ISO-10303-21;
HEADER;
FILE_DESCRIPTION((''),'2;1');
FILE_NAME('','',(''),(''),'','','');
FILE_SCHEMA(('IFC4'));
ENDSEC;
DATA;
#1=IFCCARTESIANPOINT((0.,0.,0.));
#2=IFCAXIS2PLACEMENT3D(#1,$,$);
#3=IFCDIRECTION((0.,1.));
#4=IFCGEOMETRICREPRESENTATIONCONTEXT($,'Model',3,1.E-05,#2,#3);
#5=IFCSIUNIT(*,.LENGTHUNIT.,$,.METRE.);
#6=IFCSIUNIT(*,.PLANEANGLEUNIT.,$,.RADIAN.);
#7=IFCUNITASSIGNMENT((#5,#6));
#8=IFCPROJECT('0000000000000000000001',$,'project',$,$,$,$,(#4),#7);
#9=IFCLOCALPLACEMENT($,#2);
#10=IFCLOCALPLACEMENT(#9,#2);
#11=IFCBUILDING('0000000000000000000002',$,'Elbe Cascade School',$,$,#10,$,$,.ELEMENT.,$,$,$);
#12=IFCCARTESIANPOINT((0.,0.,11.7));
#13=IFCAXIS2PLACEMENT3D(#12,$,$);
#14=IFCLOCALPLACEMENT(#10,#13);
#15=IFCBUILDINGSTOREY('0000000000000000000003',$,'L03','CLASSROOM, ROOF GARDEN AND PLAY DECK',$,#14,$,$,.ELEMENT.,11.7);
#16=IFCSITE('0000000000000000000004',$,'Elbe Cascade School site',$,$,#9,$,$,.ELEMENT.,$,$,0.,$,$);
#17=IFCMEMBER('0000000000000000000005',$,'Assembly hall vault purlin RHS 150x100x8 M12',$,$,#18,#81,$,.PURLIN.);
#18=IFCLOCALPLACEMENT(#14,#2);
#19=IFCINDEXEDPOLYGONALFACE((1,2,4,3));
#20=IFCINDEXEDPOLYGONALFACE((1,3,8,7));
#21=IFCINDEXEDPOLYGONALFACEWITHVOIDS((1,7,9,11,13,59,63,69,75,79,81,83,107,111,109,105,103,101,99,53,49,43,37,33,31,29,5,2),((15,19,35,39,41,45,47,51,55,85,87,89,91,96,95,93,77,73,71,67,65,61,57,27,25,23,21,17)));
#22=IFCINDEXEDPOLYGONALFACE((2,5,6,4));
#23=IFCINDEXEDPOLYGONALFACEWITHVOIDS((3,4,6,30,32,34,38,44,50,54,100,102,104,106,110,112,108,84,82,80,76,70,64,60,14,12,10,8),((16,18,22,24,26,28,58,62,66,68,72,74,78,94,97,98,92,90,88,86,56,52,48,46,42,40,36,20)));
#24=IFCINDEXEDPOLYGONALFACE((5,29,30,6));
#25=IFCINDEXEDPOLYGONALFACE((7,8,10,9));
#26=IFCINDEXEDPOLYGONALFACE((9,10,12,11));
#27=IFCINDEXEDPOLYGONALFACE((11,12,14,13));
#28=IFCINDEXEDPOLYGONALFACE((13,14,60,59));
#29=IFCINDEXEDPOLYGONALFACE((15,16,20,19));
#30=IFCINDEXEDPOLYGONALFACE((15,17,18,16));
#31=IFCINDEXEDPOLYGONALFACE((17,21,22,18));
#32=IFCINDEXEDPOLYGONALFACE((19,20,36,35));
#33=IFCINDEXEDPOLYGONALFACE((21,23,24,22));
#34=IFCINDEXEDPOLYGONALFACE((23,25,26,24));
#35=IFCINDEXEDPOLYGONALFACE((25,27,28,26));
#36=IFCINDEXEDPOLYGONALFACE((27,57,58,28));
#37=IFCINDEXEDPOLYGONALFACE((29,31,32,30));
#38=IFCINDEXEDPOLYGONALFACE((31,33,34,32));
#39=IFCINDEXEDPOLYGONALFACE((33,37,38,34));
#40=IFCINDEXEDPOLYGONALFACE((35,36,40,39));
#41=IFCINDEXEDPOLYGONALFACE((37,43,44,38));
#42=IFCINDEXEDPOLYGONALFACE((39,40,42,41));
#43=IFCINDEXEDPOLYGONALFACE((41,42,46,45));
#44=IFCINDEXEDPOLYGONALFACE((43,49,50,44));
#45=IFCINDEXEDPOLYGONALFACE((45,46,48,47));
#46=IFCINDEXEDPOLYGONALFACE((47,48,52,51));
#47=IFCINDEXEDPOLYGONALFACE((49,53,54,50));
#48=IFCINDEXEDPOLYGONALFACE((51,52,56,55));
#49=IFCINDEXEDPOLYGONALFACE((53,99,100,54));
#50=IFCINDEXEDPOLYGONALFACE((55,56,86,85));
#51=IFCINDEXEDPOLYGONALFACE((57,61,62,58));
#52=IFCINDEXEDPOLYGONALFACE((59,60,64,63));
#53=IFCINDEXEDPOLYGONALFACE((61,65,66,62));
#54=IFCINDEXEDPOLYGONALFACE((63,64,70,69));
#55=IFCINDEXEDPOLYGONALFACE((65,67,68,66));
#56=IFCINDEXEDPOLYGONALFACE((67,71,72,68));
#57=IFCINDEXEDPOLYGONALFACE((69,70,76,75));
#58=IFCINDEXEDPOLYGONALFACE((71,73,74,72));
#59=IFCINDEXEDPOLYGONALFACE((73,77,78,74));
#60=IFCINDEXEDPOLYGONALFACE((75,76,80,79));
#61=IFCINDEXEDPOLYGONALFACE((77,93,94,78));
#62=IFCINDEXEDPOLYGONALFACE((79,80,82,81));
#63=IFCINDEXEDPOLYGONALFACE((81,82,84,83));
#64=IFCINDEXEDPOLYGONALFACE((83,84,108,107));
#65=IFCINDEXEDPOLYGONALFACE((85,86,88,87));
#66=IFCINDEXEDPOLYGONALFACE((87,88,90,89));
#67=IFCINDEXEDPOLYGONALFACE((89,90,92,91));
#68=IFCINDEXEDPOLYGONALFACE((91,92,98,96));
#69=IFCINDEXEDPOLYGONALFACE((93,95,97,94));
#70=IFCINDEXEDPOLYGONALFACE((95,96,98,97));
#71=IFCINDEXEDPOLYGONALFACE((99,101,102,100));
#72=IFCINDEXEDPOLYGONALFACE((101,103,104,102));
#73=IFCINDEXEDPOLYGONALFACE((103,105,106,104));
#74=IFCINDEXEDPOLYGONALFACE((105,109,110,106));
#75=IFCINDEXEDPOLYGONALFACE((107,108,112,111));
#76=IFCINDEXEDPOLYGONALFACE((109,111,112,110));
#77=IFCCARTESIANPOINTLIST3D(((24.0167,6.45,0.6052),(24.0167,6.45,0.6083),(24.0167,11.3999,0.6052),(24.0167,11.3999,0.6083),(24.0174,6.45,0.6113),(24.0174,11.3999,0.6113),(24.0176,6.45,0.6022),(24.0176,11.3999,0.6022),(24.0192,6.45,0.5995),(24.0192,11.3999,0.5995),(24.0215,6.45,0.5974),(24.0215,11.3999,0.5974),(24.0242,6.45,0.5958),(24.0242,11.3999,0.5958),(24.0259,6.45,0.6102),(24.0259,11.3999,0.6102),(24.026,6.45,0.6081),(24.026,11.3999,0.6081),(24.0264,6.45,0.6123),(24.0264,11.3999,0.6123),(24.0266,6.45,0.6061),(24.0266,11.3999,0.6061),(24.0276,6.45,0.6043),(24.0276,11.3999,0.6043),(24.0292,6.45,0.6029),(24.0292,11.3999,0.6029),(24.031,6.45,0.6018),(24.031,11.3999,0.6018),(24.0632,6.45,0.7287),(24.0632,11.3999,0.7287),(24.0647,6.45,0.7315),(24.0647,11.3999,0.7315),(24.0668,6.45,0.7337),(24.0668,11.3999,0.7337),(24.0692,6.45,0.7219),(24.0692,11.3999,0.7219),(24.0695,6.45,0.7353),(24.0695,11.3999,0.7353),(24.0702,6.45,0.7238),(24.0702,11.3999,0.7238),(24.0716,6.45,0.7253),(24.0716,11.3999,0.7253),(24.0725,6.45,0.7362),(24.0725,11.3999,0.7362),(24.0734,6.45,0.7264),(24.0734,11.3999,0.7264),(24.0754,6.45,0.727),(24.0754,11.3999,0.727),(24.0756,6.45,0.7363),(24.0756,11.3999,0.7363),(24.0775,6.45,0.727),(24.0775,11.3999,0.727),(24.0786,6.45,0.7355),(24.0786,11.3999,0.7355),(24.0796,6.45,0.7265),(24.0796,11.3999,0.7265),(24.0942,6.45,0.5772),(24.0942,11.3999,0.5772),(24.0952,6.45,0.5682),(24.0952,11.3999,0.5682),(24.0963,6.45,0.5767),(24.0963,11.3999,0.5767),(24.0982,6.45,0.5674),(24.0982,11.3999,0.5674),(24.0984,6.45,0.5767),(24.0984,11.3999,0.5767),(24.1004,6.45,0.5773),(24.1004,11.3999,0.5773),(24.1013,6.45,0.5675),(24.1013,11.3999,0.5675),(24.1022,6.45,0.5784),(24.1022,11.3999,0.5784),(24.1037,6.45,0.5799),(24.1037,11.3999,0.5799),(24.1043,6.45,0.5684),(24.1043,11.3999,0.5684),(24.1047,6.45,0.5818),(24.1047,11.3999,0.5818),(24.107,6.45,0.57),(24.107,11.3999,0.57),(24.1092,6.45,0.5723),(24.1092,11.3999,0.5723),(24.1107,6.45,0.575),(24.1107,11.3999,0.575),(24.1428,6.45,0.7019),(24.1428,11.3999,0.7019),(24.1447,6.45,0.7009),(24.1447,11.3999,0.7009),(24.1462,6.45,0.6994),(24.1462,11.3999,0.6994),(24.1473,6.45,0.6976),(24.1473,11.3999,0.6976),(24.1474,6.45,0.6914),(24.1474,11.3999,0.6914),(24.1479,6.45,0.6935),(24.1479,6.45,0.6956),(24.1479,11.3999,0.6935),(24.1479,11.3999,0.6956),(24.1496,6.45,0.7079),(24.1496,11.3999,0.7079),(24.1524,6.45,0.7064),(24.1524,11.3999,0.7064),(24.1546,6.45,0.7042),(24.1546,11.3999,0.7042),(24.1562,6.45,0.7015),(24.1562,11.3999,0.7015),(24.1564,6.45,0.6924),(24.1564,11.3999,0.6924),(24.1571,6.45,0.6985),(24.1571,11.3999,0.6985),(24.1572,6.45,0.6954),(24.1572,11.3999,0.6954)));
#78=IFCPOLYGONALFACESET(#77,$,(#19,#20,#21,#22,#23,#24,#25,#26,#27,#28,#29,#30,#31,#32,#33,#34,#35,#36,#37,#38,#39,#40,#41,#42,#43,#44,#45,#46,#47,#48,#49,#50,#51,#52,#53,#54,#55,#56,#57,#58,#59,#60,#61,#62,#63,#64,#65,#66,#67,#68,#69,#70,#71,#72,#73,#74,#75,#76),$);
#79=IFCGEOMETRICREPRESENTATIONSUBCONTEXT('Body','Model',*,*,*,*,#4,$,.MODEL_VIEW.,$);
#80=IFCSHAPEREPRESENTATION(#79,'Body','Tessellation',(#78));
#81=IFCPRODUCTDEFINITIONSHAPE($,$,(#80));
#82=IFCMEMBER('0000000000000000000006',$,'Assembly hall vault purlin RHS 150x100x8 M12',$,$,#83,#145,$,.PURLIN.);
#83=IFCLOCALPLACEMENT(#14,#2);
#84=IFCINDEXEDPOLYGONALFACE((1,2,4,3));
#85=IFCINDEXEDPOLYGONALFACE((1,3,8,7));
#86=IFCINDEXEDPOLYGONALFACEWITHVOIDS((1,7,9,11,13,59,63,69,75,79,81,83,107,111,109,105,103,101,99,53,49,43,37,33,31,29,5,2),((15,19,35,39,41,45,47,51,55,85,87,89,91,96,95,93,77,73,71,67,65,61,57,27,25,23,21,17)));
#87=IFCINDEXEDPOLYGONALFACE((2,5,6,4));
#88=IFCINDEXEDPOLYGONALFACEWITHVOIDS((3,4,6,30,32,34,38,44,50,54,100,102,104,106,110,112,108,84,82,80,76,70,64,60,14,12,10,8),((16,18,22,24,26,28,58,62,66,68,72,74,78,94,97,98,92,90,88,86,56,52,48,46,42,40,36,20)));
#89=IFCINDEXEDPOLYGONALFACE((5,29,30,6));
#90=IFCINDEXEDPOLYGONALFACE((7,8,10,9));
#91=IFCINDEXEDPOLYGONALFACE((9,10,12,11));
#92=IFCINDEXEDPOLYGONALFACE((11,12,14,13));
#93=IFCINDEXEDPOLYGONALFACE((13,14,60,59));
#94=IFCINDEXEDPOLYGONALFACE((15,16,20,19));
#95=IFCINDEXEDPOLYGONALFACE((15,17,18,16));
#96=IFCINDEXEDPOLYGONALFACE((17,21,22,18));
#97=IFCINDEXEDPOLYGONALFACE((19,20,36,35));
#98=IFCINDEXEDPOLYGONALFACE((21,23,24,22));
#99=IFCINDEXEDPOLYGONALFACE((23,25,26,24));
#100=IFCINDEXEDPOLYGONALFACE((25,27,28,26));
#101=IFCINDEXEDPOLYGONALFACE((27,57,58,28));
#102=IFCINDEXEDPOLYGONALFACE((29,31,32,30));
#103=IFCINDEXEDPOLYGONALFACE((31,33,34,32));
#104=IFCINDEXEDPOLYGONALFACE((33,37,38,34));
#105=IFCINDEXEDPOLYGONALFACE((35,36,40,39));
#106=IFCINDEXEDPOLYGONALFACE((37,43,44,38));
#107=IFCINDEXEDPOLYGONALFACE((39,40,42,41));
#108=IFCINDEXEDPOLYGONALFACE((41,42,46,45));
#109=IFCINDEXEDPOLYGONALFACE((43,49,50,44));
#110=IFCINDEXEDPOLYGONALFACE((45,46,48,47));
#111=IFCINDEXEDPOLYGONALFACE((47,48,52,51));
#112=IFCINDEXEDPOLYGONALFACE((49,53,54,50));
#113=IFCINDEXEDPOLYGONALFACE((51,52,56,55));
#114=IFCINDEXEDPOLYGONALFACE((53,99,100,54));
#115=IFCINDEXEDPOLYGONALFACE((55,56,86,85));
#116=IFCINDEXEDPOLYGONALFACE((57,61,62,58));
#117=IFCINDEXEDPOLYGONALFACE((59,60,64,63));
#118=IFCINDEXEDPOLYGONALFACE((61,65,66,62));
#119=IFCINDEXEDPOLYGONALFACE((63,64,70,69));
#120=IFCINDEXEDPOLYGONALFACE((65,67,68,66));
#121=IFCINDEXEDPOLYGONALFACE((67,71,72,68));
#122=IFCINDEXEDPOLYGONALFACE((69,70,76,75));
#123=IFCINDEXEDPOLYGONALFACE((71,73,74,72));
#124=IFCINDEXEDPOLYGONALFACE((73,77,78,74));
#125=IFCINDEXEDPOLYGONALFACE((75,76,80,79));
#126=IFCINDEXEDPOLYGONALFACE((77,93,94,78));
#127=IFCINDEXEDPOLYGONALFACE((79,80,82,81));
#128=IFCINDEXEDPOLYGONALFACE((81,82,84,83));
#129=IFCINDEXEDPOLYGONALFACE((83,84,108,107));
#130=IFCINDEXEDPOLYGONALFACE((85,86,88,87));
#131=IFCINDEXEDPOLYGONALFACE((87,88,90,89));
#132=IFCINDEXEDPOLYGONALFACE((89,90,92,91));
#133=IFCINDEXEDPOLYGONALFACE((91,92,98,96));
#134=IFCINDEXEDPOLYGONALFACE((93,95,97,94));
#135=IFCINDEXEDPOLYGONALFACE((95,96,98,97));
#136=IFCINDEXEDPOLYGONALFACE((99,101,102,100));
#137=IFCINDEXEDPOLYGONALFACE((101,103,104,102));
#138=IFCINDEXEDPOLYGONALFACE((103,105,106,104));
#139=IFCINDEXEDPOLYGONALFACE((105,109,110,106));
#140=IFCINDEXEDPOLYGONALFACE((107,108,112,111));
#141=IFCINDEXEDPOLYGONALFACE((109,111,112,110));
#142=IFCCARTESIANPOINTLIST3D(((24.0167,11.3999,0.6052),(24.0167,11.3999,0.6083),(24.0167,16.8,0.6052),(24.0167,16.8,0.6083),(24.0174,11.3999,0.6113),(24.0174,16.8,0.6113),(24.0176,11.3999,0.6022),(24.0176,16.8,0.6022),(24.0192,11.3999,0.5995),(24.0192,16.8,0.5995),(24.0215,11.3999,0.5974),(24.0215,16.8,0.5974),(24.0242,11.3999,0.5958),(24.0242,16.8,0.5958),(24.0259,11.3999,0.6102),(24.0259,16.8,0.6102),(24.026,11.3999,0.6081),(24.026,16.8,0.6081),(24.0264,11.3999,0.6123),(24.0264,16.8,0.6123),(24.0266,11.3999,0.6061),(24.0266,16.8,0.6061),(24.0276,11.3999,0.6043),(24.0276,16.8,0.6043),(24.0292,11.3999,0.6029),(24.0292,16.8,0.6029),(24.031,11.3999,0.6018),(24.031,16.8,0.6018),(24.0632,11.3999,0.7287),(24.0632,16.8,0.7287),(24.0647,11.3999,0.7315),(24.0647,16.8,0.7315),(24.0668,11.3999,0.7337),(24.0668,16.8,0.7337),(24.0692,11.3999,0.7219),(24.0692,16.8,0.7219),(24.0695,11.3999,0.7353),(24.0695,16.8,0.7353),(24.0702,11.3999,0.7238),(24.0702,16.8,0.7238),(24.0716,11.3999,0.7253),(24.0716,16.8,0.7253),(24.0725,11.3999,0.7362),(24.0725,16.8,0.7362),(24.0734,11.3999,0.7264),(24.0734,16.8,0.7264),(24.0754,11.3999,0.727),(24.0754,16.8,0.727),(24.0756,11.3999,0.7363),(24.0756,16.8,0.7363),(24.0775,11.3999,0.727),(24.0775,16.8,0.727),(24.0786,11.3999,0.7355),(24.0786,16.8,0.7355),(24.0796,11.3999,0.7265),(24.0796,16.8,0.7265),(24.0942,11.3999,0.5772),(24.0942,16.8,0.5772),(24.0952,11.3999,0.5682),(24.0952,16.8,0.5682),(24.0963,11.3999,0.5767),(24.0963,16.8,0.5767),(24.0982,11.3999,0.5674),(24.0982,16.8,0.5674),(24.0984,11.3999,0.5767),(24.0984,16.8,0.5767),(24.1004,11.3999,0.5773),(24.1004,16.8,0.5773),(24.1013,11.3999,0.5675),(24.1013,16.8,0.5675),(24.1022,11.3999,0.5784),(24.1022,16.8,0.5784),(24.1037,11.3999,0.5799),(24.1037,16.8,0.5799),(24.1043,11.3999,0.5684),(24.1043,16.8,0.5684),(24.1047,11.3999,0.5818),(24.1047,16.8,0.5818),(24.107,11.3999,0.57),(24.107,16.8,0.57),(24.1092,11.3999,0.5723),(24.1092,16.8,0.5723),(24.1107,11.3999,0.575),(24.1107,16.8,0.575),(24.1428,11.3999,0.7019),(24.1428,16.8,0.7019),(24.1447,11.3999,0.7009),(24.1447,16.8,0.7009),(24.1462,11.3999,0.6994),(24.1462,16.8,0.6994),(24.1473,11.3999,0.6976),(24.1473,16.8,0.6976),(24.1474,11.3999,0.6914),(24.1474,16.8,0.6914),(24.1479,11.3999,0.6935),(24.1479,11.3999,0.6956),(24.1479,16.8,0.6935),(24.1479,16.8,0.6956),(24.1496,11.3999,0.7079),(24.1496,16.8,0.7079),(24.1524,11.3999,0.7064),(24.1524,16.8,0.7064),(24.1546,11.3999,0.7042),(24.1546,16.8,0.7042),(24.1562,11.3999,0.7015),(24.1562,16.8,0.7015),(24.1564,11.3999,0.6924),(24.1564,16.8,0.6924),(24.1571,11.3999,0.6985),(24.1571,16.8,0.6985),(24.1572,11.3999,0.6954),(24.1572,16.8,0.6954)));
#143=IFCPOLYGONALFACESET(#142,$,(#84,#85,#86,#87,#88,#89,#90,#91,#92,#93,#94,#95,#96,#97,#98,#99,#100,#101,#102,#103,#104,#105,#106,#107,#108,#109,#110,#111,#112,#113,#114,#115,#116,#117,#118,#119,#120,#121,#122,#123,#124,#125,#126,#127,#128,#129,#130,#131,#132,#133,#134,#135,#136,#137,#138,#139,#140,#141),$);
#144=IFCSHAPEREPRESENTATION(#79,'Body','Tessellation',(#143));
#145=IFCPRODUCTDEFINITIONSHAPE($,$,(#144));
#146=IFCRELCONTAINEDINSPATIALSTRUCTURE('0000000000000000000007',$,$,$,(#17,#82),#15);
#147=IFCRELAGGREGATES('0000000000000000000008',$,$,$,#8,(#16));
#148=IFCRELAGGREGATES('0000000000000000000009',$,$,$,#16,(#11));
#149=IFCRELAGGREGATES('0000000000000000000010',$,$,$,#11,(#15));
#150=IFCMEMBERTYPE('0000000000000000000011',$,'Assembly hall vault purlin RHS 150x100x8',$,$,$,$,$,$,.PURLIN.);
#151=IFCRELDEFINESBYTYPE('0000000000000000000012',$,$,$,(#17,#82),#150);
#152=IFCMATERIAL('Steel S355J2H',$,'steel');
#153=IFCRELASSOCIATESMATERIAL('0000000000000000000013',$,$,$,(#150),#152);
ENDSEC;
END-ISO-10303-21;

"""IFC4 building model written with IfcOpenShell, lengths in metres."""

from ifc_helpers import new_model, si_unit, direction, frame, origin, origin_2d, place, context, subcontext, project, spatial, hollow_rectangle, extrude, material, material_profile, profile_set, type_object, element, save


model = new_model("IFC4")

# Units and contexts
model_context = context("Model", 3, precision=1e-05, world=origin(), true_north=direction((0.0, 1.0)))
body_context = subcontext(model_context, "Body", "Model", "MODEL_VIEW")
ifc_project = project(units=[si_unit("LENGTHUNIT", "METRE"), si_unit("PLANEANGLEUNIT", "RADIAN")], contexts=[model_context])

# Site, building, storey
site_placement = place(None, origin())
site = spatial("IfcSite", under=ifc_project, at=site_placement, Name="Elbe Cascade School site", CompositionType="ELEMENT", RefElevation=0.0)
building_placement = place(site_placement, origin())
building = spatial("IfcBuilding", under=site, at=building_placement, Name="Elbe Cascade School", CompositionType="ELEMENT")
storey_placement = place(building_placement, frame((0.0, 0.0, 11.7)))
storey = spatial("IfcBuildingStorey", under=building, at=storey_placement, Name="L03", Description="CLASSROOM, ROOF GARDEN AND PLAY DECK", CompositionType="ELEMENT", Elevation=11.7)

# Members
ifc_material_1 = material(Name="Steel S355J2H", Category="steel")
ifc_material_profile_1 = material_profile(ifc_material_1, hollow_rectangle(XDim=0.1001, YDim=0.1499, WallThickness=0.0081, InnerFilletRadius=0.0081, OuterFilletRadius=0.012, at=origin_2d()), Name="RHS 150x100x8")
ifc_profile_set_1 = profile_set([ifc_material_profile_1], Name="Steel S355J2H")
member_type_1 = type_object("IfcMemberType", Name="Assembly hall vault purlin RHS 150x100x8", PredefinedType="PURLIN", material=ifc_profile_set_1)
for number, where, z_axis, x_axis, name in (
    (1, (24.0869, 6.45, 0.6519), (0.0, 1.0, 0.0), (-0.93176, 0.0, 0.363076), "Assembly hall vault purlin RHS 150x100x8 M12"),
):
    element("IfcMember", number, at=place(storey_placement, frame(where, z_axis=z_axis, x_axis=x_axis)), inside=storey, type_object=member_type_1, Name=name, PredefinedType="PURLIN", context=body_context, shape_type="SweptSolid", body=[
        extrude(hollow_rectangle(XDim=0.1001, YDim=0.1499, WallThickness=0.0081, InnerFilletRadius=0.0081, OuterFilletRadius=0.012, at=origin_2d()), origin(), (0.0, 0.0, 1.0), 4.95),
    ])
member_1_placement = place(storey_placement, frame((24.0869, 11.3999, 0.6519), z_axis=(0.0, 1.0, 0.0), x_axis=(-0.93176, 0.0, 0.363076)))
element("IfcMember", 2, at=member_1_placement, inside=storey, type_object=member_type_1, Name="Assembly hall vault purlin RHS 150x100x8 M12", PredefinedType="PURLIN", context=body_context, shape_type="SweptSolid", body=[
    extrude(hollow_rectangle(XDim=0.1001, YDim=0.1499, WallThickness=0.0081, InnerFilletRadius=0.0081, OuterFilletRadius=0.012, at=origin_2d()), origin(), (0.0, 0.0, 1.0), 5.4001),
])

save(model, "model.ifc")
